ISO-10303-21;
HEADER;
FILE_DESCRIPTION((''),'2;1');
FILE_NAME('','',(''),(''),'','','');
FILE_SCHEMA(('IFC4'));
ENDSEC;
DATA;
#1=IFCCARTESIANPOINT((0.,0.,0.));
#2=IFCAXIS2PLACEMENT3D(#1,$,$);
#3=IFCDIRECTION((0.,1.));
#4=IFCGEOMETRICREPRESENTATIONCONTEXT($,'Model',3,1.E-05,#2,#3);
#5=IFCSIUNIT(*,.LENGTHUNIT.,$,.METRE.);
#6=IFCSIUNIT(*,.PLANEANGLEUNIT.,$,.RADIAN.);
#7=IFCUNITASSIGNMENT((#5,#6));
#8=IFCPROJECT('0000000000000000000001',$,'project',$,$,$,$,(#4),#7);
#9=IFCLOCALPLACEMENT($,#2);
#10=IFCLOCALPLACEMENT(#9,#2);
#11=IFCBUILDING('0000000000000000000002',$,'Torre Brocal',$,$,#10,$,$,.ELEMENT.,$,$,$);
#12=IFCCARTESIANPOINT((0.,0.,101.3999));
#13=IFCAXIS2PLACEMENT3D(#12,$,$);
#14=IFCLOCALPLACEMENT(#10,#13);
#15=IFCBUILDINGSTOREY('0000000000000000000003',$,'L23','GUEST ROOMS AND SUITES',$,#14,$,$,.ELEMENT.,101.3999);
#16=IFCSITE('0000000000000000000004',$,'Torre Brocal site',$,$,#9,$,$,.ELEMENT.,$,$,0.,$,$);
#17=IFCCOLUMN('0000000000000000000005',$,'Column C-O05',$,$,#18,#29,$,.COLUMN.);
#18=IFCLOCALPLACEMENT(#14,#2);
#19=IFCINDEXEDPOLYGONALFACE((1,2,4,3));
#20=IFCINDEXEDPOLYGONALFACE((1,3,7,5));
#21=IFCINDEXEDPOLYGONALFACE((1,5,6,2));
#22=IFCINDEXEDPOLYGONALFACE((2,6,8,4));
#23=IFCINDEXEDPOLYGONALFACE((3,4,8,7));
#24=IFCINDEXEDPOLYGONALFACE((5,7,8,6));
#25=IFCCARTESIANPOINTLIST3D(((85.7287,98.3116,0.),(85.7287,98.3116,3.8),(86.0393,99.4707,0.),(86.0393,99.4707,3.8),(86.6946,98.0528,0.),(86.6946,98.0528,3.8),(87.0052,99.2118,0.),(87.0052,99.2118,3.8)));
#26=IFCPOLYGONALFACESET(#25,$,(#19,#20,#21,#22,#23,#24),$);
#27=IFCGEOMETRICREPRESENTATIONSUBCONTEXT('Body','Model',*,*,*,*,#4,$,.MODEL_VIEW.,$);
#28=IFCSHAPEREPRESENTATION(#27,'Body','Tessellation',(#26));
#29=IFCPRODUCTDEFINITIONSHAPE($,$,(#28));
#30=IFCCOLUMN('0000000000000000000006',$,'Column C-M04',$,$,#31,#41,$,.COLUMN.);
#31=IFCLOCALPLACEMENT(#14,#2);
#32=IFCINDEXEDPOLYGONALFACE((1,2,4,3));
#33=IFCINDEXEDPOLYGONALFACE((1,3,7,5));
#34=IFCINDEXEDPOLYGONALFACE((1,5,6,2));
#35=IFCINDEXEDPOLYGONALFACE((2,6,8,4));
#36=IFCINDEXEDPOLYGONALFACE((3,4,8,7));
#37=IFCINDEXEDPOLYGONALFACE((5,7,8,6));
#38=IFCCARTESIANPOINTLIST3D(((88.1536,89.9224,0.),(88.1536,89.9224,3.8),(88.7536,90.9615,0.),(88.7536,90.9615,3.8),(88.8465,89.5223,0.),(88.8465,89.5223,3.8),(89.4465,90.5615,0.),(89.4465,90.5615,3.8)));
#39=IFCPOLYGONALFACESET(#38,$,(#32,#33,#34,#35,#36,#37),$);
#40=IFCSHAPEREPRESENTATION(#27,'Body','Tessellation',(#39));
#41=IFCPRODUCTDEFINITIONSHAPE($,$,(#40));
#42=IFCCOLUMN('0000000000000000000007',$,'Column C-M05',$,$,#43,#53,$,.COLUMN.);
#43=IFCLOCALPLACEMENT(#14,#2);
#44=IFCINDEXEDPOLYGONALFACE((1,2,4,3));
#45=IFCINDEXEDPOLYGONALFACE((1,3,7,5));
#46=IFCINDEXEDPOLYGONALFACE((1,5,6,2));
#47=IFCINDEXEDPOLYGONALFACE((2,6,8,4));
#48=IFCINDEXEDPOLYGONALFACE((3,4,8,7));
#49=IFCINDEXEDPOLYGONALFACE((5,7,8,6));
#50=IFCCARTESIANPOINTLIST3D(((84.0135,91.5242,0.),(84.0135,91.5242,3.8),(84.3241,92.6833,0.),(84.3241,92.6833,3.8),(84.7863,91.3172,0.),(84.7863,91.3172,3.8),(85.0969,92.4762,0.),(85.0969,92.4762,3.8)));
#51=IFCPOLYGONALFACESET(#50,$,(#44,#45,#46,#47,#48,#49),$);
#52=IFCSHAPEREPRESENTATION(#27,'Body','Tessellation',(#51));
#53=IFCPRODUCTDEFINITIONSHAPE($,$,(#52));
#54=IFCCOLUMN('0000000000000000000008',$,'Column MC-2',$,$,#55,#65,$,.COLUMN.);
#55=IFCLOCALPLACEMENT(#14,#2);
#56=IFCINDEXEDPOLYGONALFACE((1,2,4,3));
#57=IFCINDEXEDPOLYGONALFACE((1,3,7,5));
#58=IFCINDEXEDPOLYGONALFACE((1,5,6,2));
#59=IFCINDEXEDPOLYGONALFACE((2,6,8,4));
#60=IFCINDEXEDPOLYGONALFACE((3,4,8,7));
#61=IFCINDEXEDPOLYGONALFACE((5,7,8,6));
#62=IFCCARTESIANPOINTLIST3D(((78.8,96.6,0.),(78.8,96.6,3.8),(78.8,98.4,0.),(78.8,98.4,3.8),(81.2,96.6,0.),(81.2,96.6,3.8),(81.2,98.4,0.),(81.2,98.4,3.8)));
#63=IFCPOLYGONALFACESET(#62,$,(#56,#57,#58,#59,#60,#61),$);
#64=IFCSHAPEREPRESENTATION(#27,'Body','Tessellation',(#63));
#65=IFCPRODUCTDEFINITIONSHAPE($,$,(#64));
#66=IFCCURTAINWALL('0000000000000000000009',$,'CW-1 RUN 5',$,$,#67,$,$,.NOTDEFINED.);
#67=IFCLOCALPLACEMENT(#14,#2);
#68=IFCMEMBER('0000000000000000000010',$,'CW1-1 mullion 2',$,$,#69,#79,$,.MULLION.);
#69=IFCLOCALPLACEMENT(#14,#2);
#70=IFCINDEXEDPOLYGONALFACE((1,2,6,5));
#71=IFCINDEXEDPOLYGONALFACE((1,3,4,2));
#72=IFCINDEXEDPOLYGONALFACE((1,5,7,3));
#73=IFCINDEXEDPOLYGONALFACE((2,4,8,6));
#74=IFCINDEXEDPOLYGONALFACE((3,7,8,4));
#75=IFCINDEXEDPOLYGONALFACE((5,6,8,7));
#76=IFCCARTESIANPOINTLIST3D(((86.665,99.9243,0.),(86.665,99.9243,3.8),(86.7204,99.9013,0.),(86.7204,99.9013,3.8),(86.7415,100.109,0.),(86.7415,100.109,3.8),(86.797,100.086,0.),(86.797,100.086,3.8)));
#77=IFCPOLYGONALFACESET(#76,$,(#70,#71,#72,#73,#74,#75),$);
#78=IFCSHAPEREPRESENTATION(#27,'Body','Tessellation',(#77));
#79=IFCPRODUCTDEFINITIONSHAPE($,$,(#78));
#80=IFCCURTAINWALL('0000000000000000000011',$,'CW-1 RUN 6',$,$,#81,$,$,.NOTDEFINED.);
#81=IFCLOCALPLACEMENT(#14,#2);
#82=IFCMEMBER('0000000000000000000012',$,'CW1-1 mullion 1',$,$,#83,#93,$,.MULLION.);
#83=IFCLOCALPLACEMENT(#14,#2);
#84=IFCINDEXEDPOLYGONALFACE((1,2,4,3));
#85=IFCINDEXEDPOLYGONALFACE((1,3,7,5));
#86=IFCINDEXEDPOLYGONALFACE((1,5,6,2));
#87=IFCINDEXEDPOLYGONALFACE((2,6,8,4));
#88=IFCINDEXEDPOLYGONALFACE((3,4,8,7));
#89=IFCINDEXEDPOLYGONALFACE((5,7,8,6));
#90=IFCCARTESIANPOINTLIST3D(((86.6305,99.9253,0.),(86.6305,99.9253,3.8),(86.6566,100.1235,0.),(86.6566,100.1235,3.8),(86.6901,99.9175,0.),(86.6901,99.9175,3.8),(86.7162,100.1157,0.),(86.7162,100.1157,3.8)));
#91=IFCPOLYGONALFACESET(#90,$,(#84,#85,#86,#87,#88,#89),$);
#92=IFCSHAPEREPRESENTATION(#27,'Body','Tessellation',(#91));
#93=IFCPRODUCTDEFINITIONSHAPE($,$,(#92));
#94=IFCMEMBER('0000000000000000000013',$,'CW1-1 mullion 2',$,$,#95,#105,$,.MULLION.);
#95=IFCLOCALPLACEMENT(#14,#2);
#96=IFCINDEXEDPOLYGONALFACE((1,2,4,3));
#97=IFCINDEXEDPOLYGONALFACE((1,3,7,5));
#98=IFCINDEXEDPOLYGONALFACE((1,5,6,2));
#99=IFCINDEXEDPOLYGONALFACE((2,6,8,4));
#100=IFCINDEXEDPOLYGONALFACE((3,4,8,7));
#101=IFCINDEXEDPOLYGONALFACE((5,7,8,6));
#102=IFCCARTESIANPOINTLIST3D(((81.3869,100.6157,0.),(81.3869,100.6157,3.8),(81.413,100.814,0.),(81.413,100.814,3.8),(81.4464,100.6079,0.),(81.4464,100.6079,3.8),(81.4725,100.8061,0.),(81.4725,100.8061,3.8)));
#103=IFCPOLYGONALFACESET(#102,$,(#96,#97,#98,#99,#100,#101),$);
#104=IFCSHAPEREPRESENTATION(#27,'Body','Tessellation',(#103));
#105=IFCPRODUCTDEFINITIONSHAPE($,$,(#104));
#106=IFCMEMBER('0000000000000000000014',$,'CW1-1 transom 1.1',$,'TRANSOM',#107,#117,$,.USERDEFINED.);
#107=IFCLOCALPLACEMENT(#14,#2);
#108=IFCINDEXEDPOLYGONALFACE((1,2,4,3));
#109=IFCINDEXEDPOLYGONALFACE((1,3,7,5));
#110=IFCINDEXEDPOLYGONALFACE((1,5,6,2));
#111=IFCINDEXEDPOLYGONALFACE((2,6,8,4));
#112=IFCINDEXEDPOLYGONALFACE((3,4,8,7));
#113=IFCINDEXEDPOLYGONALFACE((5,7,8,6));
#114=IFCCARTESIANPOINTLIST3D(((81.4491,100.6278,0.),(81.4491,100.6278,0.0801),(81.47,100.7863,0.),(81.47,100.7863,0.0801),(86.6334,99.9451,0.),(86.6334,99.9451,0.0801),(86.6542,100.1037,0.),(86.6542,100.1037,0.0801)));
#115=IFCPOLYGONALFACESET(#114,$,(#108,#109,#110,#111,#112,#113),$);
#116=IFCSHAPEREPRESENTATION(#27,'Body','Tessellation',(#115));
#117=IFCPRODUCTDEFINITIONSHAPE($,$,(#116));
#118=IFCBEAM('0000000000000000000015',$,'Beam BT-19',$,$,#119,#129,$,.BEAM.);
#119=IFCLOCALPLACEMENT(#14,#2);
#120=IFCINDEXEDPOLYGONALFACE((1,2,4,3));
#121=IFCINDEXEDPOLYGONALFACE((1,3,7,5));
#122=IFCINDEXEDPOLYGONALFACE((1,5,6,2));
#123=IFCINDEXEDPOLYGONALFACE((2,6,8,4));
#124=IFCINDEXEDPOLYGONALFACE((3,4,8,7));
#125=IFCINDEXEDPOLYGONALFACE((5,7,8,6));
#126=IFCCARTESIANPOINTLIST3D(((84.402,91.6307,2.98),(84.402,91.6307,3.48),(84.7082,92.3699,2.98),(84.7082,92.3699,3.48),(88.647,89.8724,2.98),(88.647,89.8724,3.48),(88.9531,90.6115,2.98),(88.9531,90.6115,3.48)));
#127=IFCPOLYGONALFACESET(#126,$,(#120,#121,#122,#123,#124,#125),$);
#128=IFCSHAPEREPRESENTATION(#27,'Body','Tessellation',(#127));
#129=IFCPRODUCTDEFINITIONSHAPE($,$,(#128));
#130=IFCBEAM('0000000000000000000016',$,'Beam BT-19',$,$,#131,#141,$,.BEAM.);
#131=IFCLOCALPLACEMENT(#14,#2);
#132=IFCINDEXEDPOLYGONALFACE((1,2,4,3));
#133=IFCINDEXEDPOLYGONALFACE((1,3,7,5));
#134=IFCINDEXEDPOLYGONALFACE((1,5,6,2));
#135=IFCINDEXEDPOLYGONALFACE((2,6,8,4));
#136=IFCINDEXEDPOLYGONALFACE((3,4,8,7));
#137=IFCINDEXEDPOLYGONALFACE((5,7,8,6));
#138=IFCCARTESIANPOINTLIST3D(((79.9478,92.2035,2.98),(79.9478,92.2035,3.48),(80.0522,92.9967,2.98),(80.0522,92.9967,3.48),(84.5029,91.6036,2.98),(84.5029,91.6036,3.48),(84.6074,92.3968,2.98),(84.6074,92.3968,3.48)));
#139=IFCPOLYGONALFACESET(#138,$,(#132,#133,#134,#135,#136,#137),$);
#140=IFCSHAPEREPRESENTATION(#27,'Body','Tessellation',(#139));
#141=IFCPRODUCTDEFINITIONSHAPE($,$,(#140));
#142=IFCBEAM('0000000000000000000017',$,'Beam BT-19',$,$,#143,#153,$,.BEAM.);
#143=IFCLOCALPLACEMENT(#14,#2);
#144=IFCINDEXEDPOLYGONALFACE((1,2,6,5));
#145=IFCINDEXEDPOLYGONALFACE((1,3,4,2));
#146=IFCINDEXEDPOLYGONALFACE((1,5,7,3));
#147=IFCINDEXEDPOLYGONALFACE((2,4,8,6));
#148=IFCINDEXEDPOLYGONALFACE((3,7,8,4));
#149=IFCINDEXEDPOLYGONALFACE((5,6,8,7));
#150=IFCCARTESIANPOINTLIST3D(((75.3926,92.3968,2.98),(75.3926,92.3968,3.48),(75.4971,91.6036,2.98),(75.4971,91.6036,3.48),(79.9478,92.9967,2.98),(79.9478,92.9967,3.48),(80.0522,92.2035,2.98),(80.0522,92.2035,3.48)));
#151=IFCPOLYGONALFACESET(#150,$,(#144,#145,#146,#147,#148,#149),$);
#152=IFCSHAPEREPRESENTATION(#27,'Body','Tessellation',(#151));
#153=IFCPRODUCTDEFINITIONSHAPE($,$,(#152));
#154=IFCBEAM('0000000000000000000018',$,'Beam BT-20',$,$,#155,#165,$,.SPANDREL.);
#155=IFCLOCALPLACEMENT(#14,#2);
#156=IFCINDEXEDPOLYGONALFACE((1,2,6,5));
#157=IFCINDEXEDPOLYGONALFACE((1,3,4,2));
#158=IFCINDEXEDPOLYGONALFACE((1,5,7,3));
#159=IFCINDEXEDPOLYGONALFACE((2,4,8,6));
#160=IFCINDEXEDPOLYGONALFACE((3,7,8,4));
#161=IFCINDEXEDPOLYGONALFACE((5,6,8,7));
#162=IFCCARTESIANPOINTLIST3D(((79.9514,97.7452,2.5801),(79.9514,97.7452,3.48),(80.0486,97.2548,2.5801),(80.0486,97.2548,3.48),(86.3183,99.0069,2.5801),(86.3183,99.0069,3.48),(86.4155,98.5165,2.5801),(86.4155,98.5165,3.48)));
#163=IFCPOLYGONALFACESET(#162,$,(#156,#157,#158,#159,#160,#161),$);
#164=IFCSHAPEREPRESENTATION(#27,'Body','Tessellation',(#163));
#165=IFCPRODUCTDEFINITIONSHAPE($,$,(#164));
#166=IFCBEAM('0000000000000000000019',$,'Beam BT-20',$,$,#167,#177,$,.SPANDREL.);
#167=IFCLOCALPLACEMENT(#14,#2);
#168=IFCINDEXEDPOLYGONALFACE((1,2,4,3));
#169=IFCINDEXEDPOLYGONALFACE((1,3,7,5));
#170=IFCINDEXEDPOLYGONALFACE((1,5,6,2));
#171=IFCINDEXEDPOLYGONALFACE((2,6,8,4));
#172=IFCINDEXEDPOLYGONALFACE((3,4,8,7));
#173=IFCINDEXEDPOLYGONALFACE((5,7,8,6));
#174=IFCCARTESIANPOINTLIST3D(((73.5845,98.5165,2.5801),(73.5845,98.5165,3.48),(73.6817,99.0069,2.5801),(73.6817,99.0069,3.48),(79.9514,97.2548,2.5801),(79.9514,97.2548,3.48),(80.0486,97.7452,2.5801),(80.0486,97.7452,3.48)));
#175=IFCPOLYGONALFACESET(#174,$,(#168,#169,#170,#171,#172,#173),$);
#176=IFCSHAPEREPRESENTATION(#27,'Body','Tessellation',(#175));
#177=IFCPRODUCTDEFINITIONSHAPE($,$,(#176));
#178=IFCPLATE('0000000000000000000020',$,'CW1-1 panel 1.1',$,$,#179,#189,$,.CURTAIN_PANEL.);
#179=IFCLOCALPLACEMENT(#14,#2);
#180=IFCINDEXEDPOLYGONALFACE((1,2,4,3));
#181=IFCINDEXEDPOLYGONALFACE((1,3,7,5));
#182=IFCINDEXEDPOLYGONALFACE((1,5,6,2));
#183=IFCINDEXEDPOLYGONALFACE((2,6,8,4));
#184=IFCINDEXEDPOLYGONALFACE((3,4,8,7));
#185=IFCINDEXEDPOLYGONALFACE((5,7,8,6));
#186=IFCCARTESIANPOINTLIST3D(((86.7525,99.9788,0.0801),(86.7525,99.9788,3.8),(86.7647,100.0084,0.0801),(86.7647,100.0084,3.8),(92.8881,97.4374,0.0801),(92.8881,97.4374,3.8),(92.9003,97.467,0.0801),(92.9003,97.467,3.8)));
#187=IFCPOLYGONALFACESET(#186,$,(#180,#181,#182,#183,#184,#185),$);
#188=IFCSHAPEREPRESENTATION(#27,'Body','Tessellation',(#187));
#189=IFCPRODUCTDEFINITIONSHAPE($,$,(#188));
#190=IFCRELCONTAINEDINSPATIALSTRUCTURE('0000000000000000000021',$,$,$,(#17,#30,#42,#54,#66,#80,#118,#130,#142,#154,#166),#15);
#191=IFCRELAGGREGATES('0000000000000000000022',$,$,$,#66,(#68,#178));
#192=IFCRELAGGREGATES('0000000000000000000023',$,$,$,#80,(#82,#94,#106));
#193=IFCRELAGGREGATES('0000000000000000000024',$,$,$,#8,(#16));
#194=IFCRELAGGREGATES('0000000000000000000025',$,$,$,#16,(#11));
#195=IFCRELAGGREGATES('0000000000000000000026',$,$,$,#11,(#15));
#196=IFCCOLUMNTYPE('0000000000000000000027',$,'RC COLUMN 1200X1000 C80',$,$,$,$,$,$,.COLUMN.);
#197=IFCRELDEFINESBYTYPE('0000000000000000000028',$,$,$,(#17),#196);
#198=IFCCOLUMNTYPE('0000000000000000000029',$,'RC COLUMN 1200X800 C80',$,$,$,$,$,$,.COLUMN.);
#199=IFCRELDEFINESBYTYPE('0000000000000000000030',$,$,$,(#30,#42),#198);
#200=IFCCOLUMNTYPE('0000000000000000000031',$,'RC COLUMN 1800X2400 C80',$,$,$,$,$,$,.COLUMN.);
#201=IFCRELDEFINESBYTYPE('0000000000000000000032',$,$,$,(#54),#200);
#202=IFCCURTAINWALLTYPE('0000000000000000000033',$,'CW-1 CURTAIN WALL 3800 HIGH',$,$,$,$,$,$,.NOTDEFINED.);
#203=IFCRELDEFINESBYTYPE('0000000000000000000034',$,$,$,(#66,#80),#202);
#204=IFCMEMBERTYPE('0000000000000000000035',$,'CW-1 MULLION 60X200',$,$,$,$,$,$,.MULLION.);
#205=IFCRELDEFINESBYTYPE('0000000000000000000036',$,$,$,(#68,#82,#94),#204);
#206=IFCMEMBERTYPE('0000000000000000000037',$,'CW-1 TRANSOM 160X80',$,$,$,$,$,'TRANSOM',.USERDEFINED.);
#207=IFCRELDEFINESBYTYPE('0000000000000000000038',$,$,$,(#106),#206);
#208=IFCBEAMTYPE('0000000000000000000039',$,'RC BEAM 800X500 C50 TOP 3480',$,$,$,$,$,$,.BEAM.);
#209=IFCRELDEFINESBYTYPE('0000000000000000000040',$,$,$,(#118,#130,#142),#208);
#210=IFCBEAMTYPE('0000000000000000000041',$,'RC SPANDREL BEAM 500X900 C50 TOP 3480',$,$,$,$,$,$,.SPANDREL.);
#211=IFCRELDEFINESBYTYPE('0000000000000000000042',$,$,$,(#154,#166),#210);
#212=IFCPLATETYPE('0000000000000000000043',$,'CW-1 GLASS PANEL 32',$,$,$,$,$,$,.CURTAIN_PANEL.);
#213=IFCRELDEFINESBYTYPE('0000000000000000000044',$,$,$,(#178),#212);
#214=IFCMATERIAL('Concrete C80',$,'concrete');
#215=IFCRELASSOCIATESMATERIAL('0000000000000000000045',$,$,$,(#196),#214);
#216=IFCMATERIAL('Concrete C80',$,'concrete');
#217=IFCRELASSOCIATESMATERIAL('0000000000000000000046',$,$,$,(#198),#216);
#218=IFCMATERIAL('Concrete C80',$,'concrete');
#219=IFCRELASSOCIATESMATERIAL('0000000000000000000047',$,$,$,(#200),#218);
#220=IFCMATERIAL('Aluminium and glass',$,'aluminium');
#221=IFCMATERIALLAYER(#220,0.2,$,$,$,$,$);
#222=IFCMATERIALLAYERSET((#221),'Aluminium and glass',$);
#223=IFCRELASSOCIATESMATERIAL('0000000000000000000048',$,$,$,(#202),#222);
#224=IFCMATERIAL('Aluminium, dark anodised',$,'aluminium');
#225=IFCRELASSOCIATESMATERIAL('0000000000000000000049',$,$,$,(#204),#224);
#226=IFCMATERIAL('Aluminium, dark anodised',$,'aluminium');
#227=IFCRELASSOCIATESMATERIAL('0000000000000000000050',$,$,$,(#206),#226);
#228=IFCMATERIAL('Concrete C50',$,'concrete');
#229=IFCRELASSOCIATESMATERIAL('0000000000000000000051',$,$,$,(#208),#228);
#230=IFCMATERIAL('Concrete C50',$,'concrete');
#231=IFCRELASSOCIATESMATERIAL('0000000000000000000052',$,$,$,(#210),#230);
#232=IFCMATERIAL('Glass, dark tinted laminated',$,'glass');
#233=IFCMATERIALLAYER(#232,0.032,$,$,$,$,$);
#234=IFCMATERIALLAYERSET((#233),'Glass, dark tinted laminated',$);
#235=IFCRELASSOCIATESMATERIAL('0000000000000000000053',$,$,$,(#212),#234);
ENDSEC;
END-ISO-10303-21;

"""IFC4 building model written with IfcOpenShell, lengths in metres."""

from ifc_helpers import new_model, si_unit, direction, frame, origin, origin_2d, place, context, subcontext, project, spatial, rectangle, extrude, material, layer, layer_set, material_profile, profile_set, type_object, element, aggregate, save


model = new_model("IFC4")

# Units and contexts
model_context = context("Model", 3, precision=1e-05, world=origin(), true_north=direction((0.0, 1.0)))
body_context = subcontext(model_context, "Body", "Model", "MODEL_VIEW")
ifc_project = project(units=[si_unit("LENGTHUNIT", "METRE"), si_unit("PLANEANGLEUNIT", "RADIAN")], contexts=[model_context])

# Site, building, storey
site_placement = place(None, origin())
site = spatial("IfcSite", under=ifc_project, at=site_placement, Name="Torre Brocal site", CompositionType="ELEMENT", RefElevation=0.0)
building_placement = place(site_placement, origin())
building = spatial("IfcBuilding", under=site, at=building_placement, Name="Torre Brocal", CompositionType="ELEMENT")
storey_placement = place(building_placement, frame((0.0, 0.0, 101.3999)))
storey = spatial("IfcBuildingStorey", under=building, at=storey_placement, Name="L23", Description="GUEST ROOMS AND SUITES", CompositionType="ELEMENT", Elevation=101.3999)

# Columns
ifc_material_1 = material(Name="Concrete C80", Category="concrete")
ifc_material_profile_1 = material_profile(ifc_material_1, rectangle(XDim=1.2, YDim=1.0, at=origin_2d()), Name="RC 1200X1000")
ifc_profile_set_1 = profile_set([ifc_material_profile_1], Name="Concrete C80")
column_type_1 = type_object("IfcColumnType", Name="RC COLUMN 1200X1000 C80", PredefinedType="COLUMN", material=ifc_profile_set_1)
column_1_placement = place(storey_placement, frame((86.3669, 98.7617, 0.0), z_axis=(0.0, 0.0, 1.0), x_axis=(0.258819, 0.965926, 0.0)))
element("IfcColumn", 1, at=column_1_placement, inside=storey, type_object=column_type_1, Name="Column C-O05", PredefinedType="COLUMN", context=body_context, shape_type="SweptSolid", body=[
    extrude(rectangle(XDim=1.2, YDim=1.0, at=origin_2d()), origin(), (0.0, 0.0, 1.0), 3.8),
])
ifc_material_2 = material(Name="Concrete C80", Category="concrete")
ifc_material_profile_2 = material_profile(ifc_material_2, rectangle(XDim=1.2, YDim=0.8, at=origin_2d()), Name="RC 1200X800")
ifc_profile_set_2 = profile_set([ifc_material_profile_2], Name="Concrete C80")
column_type_2 = type_object("IfcColumnType", Name="RC COLUMN 1200X800 C80", PredefinedType="COLUMN", material=ifc_profile_set_2)
for number, where, z_axis, x_axis, name in (
    (2, (88.8, 90.2419, 0.0), (0.0, 0.0, 1.0), (0.5, 0.866025, 0.0), "Column C-M04"),
    (3, (84.5552, 92.0002, 0.0), (0.0, 0.0, 1.0), (0.258819, 0.965926, 0.0), "Column C-M05"),
):
    element("IfcColumn", number, at=place(storey_placement, frame(where, z_axis=z_axis, x_axis=x_axis)), inside=storey, type_object=column_type_2, Name=name, PredefinedType="COLUMN", context=body_context, shape_type="SweptSolid", body=[
        extrude(rectangle(XDim=1.2, YDim=0.8, at=origin_2d()), origin(), (0.0, 0.0, 1.0), 3.8),
    ])
ifc_material_3 = material(Name="Concrete C80", Category="concrete")
ifc_material_profile_3 = material_profile(ifc_material_3, rectangle(XDim=1.8, YDim=2.3999, at=origin_2d()), Name="RC 1800X2400")
ifc_profile_set_3 = profile_set([ifc_material_profile_3], Name="Concrete C80")
column_type_3 = type_object("IfcColumnType", Name="RC COLUMN 1800X2400 C80", PredefinedType="COLUMN", material=ifc_profile_set_3)
column_2_placement = place(storey_placement, frame((80.0, 97.5, 0.0), z_axis=(0.0, 0.0, 1.0), x_axis=(0.0, 1.0, 0.0)))
element("IfcColumn", 4, at=column_2_placement, inside=storey, type_object=column_type_3, Name="Column MC-2", PredefinedType="COLUMN", context=body_context, shape_type="SweptSolid", body=[
    extrude(rectangle(XDim=1.8, YDim=2.3999, at=origin_2d()), origin(), (0.0, 0.0, 1.0), 3.8),
])

# Curtain wall, member
ifc_material_4 = material(Name="Aluminium and glass", Category="aluminium")
ifc_layer_1 = layer(ifc_material_4, 0.2)
ifc_layer_set_1 = layer_set([ifc_layer_1], Name="Aluminium and glass")
curtain_wall_type = type_object("IfcCurtainWallType", Name="CW-1 CURTAIN WALL 3800 HIGH", PredefinedType="NOTDEFINED", material=ifc_layer_set_1)
curtain_wall_1_placement = place(storey_placement, origin())
curtain_wall_1 = element("IfcCurtainWall", 5, at=curtain_wall_1_placement, inside=storey, type_object=curtain_wall_type, Name="CW-1 RUN 5", PredefinedType="NOTDEFINED")
ifc_material_5 = material(Name="Aluminium, dark anodised", Category="aluminium")
ifc_material_profile_4 = material_profile(ifc_material_5, rectangle(XDim=0.2, YDim=0.0601, at=origin_2d()), Name="CW-1 MULLION 60X200")
ifc_profile_set_4 = profile_set([ifc_material_profile_4], Name="Aluminium, dark anodised")
member_type_1 = type_object("IfcMemberType", Name="CW-1 MULLION 60X200", PredefinedType="MULLION", material=ifc_profile_set_4)
member_1_placement = place(storey_placement, frame((86.731, 100.0051, 0.0), z_axis=(0.0, 0.0, 1.0), x_axis=(-0.382683, -0.92388, 0.0)))
member_1 = element("IfcMember", 6, at=member_1_placement, type_object=member_type_1, Name="CW1-1 mullion 2", PredefinedType="MULLION", context=body_context, shape_type="SweptSolid", body=[
    extrude(rectangle(XDim=0.2, YDim=0.0601, at=origin_2d()), origin(), (0.0, 0.0, 1.0), 3.8),
])

# Curtain wall, members
curtain_wall_2_placement = place(storey_placement, origin())
curtain_wall_2 = element("IfcCurtainWall", 7, at=curtain_wall_2_placement, inside=storey, type_object=curtain_wall_type, Name="CW-1 RUN 6", PredefinedType="NOTDEFINED")
member_2_placement = place(storey_placement, frame((86.6733, 100.0205, 0.0), z_axis=(0.0, 0.0, 1.0), x_axis=(-0.130526, -0.991445, 0.0)))
member_2 = element("IfcMember", 8, at=member_2_placement, type_object=member_type_1, Name="CW1-1 mullion 1", PredefinedType="MULLION", context=body_context, shape_type="SweptSolid", body=[
    extrude(rectangle(XDim=0.2, YDim=0.0601, at=origin_2d()), origin(), (0.0, 0.0, 1.0), 3.8),
])
member_3_placement = place(storey_placement, frame((81.4297, 100.7109, 0.0), z_axis=(0.0, 0.0, 1.0), x_axis=(-0.130526, -0.991445, 0.0)))
member_3 = element("IfcMember", 9, at=member_3_placement, type_object=member_type_1, Name="CW1-1 mullion 2", PredefinedType="MULLION", context=body_context, shape_type="SweptSolid", body=[
    extrude(rectangle(XDim=0.2, YDim=0.0601, at=origin_2d()), origin(), (0.0, 0.0, 1.0), 3.8),
])
ifc_material_6 = material(Name="Aluminium, dark anodised", Category="aluminium")
ifc_material_profile_5 = material_profile(ifc_material_6, rectangle(XDim=0.1599, YDim=0.0801, at=origin_2d()), Name="CW-1 TRANSOM 160X80")
ifc_profile_set_5 = profile_set([ifc_material_profile_5], Name="Aluminium, dark anodised")
member_type_2 = type_object("IfcMemberType", Name="CW-1 TRANSOM 160X80", ElementType="TRANSOM", PredefinedType="USERDEFINED", material=ifc_profile_set_5)
member_4_placement = place(storey_placement, frame((86.6438, 100.0244, 0.04), z_axis=(-0.991443, 0.130543, 0.0), x_axis=(-0.130543, -0.991443, 0.0)))
member_4 = element("IfcMember", 10, at=member_4_placement, type_object=member_type_2, Name="CW1-1 transom 1.1", ObjectType="TRANSOM", PredefinedType="USERDEFINED", context=body_context, shape_type="SweptSolid", body=[
    extrude(rectangle(XDim=0.1599, YDim=0.0801, at=origin_2d()), origin(), (0.0, 0.0, 1.0), 5.229),
])

# Beams
ifc_material_7 = material(Name="Concrete C50", Category="concrete")
ifc_material_profile_6 = material_profile(ifc_material_7, rectangle(XDim=0.8, YDim=0.5, at=origin_2d()), Name="RC 800X500")
ifc_profile_set_6 = profile_set([ifc_material_profile_6], Name="Concrete C50")
beam_type_1 = type_object("IfcBeamType", Name="RC BEAM 800X500 C50 TOP 3480", PredefinedType="BEAM", material=ifc_profile_set_6)
beam_placement = place(storey_placement, frame((88.8, 90.2419, 3.23), z_axis=(-0.923878, 0.382687, 0.0), x_axis=(-0.382687, -0.923878, 0.0)))
element("IfcBeam", 11, at=beam_placement, inside=storey, type_object=beam_type_1, Name="Beam BT-19", PredefinedType="BEAM", context=body_context, shape_type="SweptSolid", body=[
    extrude(rectangle(XDim=0.8, YDim=0.5, at=origin_2d()), origin(), (0.0, 0.0, 1.0), 4.5947),
])
for number, where, z_axis, x_axis, name in (
    (12, (84.5552, 92.0002, 3.23), (-0.991441, 0.130559, 0.0), (-0.130559, -0.991441, 0.0), "Beam BT-19"),
    (13, (80.0, 92.6001, 3.23), (-0.991441, -0.130559, 0.0), (0.130559, -0.991441, 0.0), "Beam BT-19"),
):
    element("IfcBeam", number, at=place(storey_placement, frame(where, z_axis=z_axis, x_axis=x_axis)), inside=storey, type_object=beam_type_1, Name=name, PredefinedType="BEAM", context=body_context, shape_type="SweptSolid", body=[
        extrude(rectangle(XDim=0.8, YDim=0.5, at=origin_2d()), origin(), (0.0, 0.0, 1.0), 4.5945),
    ])
ifc_material_8 = material(Name="Concrete C50", Category="concrete")
ifc_material_profile_7 = material_profile(ifc_material_8, rectangle(XDim=0.5, YDim=0.8999, at=origin_2d()), Name="RC 500X900")
ifc_profile_set_7 = profile_set([ifc_material_profile_7], Name="Concrete C50")
beam_type_2 = type_object("IfcBeamType", Name="RC SPANDREL BEAM 500X900 C50 TOP 3480", PredefinedType="SPANDREL", material=ifc_profile_set_7)
for number, where, z_axis, x_axis, name in (
    (14, (86.3669, 98.7617, 3.03), (-0.980925, -0.194387, 0.0), (0.194387, -0.980925, 0.0), "Beam BT-20"),
    (15, (80.0, 97.5, 3.03), (-0.980925, 0.194387, 0.0), (-0.194387, -0.980925, 0.0), "Beam BT-20"),
):
    element("IfcBeam", number, at=place(storey_placement, frame(where, z_axis=z_axis, x_axis=x_axis)), inside=storey, type_object=beam_type_2, Name=name, PredefinedType="SPANDREL", context=body_context, shape_type="SweptSolid", body=[
        extrude(rectangle(XDim=0.5, YDim=0.8999, at=origin_2d()), origin(), (0.0, 0.0, 1.0), 6.4907),
    ])

# Plate
ifc_material_9 = material(Name="Glass, dark tinted laminated", Category="glass")
ifc_layer_2 = layer(ifc_material_9, 0.032)
ifc_layer_set_2 = layer_set([ifc_layer_2], Name="Glass, dark tinted laminated")
plate_type = type_object("IfcPlateType", Name="CW-1 GLASS PANEL 32", PredefinedType="CURTAIN_PANEL", material=ifc_layer_set_2)
plate_1_placement = place(storey_placement, frame((89.8264, 98.7229, 0.0801), z_axis=(0.0, 0.0, 1.0), x_axis=(-0.92388, 0.382683, 0.0)))
plate_1 = element("IfcPlate", 16, at=plate_1_placement, type_object=plate_type, Name="CW1-1 panel 1.1", PredefinedType="CURTAIN_PANEL", context=body_context, shape_type="SweptSolid", body=[
    extrude(rectangle(XDim=6.6411, YDim=0.032, at=origin_2d()), origin(), (0.0, 0.0, 1.0), 3.72),
])
aggregate(curtain_wall_1, [member_1, plate_1])
aggregate(curtain_wall_2, [member_2, member_3, member_4])

save(model, "model.ifc")
